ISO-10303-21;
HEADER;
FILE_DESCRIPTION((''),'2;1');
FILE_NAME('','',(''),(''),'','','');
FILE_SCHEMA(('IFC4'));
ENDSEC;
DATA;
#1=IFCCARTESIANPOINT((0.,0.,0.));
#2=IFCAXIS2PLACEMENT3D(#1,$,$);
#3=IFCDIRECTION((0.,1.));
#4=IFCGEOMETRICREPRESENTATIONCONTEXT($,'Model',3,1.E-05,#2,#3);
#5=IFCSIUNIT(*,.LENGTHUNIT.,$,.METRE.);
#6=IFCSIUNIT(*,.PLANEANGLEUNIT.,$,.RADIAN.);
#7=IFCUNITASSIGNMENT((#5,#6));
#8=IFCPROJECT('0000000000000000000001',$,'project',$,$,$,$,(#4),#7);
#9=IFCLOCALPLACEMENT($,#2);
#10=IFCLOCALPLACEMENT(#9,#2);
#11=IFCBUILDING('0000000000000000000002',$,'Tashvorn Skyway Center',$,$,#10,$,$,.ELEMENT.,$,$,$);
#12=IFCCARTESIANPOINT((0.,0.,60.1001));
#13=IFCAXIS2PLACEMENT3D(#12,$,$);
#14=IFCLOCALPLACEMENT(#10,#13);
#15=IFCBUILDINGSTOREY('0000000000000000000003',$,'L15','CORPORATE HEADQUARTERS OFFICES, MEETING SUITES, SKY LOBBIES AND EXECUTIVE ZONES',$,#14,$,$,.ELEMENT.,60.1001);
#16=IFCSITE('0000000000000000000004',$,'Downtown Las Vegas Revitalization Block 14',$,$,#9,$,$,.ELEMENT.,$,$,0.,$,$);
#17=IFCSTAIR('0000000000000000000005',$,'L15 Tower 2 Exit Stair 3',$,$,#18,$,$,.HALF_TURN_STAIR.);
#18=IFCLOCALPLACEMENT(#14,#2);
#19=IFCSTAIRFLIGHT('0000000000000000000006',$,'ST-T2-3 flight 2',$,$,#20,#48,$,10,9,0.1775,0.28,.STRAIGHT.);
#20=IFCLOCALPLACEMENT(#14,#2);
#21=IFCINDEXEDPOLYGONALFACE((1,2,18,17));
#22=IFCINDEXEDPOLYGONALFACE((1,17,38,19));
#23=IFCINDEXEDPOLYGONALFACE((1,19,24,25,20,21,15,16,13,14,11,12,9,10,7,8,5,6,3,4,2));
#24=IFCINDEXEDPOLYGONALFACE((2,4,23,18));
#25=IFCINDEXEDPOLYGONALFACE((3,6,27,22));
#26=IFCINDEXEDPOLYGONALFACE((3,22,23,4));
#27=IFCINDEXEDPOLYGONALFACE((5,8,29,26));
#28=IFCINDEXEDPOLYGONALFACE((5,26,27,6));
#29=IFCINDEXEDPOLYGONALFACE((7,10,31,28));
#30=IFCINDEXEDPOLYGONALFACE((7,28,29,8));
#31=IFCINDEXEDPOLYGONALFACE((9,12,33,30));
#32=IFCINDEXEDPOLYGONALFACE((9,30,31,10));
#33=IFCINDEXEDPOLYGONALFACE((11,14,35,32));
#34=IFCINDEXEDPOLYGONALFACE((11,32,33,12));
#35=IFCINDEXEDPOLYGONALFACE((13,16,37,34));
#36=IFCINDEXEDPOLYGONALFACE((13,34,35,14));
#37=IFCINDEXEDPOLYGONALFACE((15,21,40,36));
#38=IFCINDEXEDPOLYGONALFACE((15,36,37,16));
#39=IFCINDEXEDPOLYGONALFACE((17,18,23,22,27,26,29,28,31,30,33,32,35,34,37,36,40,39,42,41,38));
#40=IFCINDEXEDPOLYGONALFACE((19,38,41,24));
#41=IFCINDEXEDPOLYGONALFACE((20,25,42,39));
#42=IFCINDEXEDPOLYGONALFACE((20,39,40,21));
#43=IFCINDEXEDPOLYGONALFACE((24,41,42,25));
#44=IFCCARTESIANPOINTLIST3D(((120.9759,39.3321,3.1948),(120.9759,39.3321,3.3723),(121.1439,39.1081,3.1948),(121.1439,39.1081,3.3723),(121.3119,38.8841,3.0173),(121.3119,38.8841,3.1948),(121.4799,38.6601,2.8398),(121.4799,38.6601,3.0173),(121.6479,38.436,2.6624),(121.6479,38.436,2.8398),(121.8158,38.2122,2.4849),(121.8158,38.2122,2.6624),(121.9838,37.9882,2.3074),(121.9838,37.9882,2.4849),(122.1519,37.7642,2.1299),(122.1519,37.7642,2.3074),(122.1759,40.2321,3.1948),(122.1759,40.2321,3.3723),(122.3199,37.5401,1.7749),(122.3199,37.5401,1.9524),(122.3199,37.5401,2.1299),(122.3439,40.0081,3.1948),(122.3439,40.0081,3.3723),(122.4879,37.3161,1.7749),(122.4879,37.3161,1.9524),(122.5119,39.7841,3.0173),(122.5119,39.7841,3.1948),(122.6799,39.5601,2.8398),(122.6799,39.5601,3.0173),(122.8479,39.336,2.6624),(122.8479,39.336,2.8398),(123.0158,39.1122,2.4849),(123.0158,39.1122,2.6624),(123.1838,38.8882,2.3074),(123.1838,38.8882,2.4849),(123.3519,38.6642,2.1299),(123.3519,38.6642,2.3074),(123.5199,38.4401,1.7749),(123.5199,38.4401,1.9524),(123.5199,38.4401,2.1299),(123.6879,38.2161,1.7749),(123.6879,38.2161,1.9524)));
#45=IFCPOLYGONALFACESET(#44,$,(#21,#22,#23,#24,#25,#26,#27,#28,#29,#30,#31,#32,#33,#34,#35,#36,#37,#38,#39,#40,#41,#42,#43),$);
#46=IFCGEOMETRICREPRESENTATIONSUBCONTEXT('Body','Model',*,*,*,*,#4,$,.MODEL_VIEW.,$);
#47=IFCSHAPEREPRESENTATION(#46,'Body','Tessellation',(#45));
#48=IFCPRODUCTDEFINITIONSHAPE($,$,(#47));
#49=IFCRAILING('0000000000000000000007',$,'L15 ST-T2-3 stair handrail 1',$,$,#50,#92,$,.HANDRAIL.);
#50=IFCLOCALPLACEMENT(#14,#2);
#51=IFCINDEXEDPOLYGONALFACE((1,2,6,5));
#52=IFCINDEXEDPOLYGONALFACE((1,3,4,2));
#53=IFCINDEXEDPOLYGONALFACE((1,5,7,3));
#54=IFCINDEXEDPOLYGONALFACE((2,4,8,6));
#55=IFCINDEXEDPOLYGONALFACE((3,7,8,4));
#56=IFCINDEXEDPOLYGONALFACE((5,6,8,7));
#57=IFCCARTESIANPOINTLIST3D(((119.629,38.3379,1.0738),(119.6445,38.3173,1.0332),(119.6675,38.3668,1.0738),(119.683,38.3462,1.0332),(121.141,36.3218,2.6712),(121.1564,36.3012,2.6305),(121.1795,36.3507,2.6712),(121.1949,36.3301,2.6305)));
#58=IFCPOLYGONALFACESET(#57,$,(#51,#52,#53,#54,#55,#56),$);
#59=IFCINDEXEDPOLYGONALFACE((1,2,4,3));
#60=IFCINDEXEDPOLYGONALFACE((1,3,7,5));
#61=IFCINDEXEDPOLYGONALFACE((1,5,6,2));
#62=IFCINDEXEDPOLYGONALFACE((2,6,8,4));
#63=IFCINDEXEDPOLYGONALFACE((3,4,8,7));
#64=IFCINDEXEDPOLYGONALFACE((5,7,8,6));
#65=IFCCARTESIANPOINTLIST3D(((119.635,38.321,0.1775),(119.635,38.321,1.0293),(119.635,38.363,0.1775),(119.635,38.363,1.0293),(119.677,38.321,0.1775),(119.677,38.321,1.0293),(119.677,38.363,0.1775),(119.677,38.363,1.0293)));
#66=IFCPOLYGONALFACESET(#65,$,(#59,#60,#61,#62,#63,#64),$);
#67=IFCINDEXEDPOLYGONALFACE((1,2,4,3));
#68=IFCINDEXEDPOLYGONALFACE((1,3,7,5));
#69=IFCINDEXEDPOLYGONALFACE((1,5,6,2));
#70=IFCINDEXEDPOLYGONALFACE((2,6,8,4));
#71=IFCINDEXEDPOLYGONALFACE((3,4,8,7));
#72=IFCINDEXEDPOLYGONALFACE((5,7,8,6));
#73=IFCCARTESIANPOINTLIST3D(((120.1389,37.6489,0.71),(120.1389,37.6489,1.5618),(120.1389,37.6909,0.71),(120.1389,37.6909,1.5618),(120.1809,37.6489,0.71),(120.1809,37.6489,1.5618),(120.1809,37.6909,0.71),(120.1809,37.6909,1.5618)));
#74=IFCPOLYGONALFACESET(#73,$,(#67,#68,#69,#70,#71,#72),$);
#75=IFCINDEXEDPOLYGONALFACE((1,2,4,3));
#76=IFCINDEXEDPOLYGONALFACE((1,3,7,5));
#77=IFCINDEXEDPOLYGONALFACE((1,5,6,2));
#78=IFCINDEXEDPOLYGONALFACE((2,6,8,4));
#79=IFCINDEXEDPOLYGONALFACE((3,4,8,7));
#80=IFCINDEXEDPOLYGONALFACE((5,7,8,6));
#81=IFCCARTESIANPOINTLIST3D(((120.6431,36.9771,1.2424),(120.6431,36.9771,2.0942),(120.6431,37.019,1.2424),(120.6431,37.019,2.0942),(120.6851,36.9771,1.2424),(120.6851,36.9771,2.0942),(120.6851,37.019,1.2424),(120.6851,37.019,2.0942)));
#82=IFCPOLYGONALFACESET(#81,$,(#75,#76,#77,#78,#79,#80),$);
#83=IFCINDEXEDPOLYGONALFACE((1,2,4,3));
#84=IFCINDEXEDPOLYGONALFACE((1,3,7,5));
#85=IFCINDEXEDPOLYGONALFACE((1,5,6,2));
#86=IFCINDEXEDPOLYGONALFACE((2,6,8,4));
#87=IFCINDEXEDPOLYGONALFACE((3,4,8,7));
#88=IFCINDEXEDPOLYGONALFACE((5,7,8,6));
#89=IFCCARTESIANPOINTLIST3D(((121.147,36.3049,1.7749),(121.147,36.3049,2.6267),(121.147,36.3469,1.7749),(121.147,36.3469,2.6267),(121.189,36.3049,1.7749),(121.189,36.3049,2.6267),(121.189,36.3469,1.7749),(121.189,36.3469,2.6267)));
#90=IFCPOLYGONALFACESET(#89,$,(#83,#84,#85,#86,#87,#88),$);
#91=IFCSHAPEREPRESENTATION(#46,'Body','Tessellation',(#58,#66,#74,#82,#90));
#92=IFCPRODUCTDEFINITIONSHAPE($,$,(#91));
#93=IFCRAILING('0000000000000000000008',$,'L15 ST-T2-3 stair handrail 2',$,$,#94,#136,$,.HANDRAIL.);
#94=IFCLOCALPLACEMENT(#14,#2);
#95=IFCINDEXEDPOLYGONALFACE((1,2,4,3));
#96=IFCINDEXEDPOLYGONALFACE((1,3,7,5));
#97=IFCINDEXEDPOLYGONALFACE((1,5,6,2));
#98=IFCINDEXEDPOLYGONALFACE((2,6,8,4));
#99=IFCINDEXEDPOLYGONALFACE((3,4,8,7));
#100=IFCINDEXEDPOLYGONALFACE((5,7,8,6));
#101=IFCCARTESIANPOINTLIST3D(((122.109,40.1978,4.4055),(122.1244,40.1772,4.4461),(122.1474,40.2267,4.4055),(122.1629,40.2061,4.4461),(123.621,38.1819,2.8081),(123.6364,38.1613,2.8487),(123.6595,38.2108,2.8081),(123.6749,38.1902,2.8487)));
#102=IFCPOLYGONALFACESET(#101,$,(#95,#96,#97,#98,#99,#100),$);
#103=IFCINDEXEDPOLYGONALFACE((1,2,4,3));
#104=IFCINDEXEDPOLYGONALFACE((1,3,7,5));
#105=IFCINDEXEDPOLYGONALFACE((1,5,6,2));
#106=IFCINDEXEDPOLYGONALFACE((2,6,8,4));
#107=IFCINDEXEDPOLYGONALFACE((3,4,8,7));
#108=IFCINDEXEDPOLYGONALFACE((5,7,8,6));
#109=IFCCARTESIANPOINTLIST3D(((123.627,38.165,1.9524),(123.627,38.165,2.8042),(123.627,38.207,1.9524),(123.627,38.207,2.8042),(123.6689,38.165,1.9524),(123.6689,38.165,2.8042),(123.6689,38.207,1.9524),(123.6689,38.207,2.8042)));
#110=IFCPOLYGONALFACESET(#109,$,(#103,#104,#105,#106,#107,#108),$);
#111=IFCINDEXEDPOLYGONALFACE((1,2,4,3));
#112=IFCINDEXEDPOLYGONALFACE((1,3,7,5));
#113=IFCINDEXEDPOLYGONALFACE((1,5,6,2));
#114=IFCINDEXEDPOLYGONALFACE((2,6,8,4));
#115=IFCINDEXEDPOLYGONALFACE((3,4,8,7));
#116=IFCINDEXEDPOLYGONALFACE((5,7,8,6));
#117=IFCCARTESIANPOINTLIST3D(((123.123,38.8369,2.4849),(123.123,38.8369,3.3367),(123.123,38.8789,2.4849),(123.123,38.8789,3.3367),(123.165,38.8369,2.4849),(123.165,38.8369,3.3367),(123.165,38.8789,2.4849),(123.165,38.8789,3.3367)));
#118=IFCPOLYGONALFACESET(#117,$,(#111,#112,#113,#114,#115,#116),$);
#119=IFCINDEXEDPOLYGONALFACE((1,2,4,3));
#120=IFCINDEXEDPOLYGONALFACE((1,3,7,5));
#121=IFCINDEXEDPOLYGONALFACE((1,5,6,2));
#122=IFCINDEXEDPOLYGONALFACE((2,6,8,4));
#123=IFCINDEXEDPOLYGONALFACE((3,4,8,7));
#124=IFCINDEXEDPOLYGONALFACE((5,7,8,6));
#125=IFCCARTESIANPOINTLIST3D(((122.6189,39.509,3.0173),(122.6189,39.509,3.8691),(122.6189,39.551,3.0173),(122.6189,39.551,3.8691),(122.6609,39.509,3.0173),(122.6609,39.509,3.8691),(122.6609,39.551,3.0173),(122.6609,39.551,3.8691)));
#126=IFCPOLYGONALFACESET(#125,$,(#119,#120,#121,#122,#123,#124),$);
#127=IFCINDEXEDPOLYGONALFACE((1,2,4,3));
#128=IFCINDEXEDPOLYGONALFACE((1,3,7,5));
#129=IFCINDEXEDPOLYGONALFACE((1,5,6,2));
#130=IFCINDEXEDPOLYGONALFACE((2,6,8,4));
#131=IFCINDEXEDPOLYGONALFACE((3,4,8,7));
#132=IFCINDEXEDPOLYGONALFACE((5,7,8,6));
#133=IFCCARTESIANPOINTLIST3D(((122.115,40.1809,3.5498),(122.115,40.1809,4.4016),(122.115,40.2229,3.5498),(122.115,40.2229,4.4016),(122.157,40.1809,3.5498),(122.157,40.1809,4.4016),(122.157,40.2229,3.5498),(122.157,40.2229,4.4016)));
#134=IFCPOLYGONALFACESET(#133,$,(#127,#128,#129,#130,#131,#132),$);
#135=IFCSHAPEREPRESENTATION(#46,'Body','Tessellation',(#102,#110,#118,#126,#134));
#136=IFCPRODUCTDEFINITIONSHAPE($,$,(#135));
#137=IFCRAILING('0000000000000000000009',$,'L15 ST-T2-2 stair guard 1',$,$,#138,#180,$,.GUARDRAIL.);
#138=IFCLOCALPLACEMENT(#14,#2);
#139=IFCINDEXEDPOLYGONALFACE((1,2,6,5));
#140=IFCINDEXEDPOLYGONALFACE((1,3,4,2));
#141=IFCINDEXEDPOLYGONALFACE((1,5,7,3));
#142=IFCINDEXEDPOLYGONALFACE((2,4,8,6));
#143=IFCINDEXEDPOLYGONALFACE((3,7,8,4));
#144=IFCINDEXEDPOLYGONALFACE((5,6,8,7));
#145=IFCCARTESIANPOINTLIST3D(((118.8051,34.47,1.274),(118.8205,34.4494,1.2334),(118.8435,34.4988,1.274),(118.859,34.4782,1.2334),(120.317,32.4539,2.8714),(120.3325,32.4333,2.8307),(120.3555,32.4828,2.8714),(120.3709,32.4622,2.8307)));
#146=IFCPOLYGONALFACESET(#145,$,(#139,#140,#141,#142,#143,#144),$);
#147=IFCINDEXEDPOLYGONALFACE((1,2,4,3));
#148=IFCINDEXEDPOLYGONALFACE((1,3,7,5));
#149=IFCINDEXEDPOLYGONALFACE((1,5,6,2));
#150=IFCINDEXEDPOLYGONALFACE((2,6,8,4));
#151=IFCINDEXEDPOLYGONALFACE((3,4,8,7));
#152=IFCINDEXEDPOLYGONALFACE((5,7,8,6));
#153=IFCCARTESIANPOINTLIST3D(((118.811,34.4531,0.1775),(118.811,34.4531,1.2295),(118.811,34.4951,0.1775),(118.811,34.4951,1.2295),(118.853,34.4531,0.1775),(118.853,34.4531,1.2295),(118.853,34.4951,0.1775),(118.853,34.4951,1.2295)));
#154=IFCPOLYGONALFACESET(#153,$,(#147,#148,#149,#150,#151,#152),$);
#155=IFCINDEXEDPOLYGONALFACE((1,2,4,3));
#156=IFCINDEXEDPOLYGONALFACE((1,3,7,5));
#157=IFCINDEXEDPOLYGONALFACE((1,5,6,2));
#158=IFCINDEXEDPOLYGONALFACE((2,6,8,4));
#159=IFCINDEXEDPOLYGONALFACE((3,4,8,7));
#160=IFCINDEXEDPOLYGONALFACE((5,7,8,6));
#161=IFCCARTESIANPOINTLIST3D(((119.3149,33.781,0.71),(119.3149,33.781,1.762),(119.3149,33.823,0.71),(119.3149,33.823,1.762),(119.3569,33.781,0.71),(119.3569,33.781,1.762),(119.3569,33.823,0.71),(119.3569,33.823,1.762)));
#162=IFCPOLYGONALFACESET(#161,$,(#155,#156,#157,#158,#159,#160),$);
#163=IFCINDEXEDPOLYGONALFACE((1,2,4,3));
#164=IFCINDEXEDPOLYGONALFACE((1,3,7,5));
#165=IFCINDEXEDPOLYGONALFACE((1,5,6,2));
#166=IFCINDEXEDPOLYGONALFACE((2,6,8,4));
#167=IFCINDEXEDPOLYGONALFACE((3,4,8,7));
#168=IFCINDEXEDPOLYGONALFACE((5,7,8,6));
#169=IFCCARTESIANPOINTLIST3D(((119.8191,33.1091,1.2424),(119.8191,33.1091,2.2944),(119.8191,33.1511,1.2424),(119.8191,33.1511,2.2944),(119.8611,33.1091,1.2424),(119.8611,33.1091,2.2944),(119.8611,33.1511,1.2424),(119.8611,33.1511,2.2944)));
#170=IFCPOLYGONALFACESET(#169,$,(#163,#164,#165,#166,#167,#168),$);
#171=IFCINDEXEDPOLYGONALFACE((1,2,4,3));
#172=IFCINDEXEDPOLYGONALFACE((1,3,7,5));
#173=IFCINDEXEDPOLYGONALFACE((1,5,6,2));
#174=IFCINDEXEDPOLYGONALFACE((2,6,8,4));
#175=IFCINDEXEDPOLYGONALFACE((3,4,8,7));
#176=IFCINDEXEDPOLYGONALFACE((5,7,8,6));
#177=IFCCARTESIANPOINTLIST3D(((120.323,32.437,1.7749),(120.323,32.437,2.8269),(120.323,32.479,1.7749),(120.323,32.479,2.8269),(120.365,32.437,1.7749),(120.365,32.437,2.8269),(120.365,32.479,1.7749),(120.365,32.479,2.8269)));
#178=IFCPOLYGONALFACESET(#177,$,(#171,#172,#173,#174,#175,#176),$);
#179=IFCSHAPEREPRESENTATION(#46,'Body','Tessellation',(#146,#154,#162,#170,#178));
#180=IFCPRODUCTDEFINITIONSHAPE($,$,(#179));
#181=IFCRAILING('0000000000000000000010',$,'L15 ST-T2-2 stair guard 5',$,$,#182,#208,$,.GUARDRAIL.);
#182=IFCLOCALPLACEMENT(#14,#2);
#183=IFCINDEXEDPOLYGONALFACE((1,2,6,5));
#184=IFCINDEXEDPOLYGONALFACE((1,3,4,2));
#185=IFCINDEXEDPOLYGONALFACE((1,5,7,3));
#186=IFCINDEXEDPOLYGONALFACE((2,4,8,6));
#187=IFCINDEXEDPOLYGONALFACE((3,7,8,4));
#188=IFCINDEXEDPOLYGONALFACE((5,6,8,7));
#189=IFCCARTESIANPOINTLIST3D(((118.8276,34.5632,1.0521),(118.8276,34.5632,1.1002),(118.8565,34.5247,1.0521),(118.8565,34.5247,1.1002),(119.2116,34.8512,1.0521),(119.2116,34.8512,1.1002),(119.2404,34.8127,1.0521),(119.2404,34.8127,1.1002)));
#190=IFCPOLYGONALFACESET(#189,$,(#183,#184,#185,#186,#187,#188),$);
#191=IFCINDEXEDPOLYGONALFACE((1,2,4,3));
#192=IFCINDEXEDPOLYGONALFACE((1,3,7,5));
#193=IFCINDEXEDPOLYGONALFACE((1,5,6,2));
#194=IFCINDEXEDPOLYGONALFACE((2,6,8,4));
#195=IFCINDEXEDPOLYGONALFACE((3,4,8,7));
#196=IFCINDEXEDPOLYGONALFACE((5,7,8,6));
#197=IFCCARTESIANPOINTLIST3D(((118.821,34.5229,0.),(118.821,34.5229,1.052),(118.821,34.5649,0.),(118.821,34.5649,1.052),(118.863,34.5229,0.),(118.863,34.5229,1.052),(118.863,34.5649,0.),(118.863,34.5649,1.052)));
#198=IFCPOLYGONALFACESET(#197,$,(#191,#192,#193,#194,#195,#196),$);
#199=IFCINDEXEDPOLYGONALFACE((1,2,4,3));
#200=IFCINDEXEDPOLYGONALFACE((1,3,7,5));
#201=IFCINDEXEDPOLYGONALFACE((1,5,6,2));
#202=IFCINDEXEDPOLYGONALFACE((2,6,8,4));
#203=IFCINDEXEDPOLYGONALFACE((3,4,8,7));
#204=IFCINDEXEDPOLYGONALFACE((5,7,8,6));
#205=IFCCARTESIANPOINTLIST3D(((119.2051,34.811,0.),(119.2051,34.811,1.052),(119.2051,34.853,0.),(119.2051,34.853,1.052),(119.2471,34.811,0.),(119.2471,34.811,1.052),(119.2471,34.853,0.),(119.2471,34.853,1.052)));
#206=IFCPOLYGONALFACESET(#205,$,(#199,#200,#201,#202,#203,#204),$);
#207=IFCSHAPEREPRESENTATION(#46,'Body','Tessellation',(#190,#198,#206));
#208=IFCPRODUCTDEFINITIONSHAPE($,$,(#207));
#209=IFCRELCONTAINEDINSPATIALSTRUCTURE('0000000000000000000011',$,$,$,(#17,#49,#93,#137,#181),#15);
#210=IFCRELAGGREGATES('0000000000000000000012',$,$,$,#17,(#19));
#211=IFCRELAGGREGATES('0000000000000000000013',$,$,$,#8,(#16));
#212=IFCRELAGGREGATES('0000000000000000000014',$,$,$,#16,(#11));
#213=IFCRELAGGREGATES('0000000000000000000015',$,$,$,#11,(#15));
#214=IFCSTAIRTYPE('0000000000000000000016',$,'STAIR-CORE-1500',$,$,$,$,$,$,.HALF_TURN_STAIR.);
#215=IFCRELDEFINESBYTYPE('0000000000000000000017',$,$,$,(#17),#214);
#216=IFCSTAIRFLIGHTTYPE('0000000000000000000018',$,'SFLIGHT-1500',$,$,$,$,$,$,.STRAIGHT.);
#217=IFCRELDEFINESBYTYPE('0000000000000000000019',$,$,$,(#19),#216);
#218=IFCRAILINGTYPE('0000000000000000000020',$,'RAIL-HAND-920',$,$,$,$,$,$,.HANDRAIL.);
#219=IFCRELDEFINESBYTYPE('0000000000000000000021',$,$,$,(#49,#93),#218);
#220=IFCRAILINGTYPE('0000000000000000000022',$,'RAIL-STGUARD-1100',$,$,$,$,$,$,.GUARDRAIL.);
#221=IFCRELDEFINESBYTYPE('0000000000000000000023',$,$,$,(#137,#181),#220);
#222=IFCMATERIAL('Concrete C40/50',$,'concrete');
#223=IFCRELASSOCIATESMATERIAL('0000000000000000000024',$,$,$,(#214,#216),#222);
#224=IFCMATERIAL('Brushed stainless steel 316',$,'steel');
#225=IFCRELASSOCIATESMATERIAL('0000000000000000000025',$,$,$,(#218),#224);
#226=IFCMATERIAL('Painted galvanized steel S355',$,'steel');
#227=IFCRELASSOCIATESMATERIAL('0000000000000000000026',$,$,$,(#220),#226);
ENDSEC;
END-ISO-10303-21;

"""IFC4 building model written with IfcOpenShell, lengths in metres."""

from ifc_helpers import new_model, si_unit, direction, frame, origin, origin_2d, place, context, subcontext, project, spatial, polyline, rectangle, outline, extrude, material, type_object, element, aggregate, save


model = new_model("IFC4")

# Units and contexts
model_context = context("Model", 3, precision=1e-05, world=origin(), true_north=direction((0.0, 1.0)))
body_context = subcontext(model_context, "Body", "Model", "MODEL_VIEW")
ifc_project = project(units=[si_unit("LENGTHUNIT", "METRE"), si_unit("PLANEANGLEUNIT", "RADIAN")], contexts=[model_context])

# Site, building, storey
site_placement = place(None, origin())
site = spatial("IfcSite", under=ifc_project, at=site_placement, Name="Downtown Las Vegas Revitalization Block 14", CompositionType="ELEMENT", RefElevation=0.0)
building_placement = place(site_placement, origin())
building = spatial("IfcBuilding", under=site, at=building_placement, Name="Tashvorn Skyway Center", CompositionType="ELEMENT")
storey_placement = place(building_placement, frame((0.0, 0.0, 60.1001)))
storey = spatial("IfcBuildingStorey", under=building, at=storey_placement, Name="L15", Description="CORPORATE HEADQUARTERS OFFICES, MEETING SUITES, SKY LOBBIES AND EXECUTIVE ZONES", CompositionType="ELEMENT", Elevation=60.1001)

# Shared definitions
ifc_material_1 = material(Name="Concrete C40/50", Category="concrete")

# Stair, stair flight
stair_type = type_object("IfcStairType", Name="STAIR-CORE-1500", PredefinedType="HALF_TURN_STAIR", material=ifc_material_1)
stair_placement = place(storey_placement, origin())
stair = element("IfcStair", 1, at=stair_placement, inside=storey, type_object=stair_type, Name="L15 Tower 2 Exit Stair 3", PredefinedType="HALF_TURN_STAIR")
stair_flight_type = type_object("IfcStairFlightType", Name="SFLIGHT-1500", PredefinedType="STRAIGHT", material=ifc_material_1)
stair_flight_1_placement = place(storey_placement, frame((123.0879, 37.7661, 1.7749), z_axis=(0.0, 0.0, 1.0), x_axis=(-0.6, 0.8, 0.0)))
stair_flight_1 = element("IfcStairFlight", 2, at=stair_flight_1_placement, type_object=stair_flight_type, Name="ST-T2-3 flight 2", NumberOfRisers=10, NumberOfTreads=9, PredefinedType="STRAIGHT", RiserHeight=0.1775, TreadLength=0.28, context=body_context, shape_type="SweptSolid", body=[
    extrude(outline(polyline([(0.0, 0.0), (0.0, 0.1775), (0.28, 0.1775), (0.28, 0.355), (0.5601, 0.355), (0.5601, 0.5325), (0.8401, 0.5325), (0.8401, 0.71), (1.1201, 0.71), (1.1201, 0.8875), (1.3999, 0.8875), (1.3999, 1.0649), (1.6799, 1.0649), (1.6799, 1.2424), (1.96, 1.2424), (1.96, 1.4199), (2.24, 1.4199), (2.24, 1.5974), (2.52, 1.5974), (2.52, 1.7749), (2.52, 1.4199), (0.28, 0.0), (0.0, 0.0)])), frame((0.0, 0.75, 0.0), z_axis=(0.0, -1.0, 0.0), x_axis=(1.0, 0.0, 0.0)), (0.0, 0.0, 1.0), 1.5),
])
aggregate(stair, [stair_flight_1])

# Railings
ifc_material_2 = material(Name="Brushed stainless steel 316", Category="steel")
railing_type_1 = type_object("IfcRailingType", Name="RAIL-HAND-920", PredefinedType="HANDRAIL", material=ifc_material_2)
railing_1_placement = place(storey_placement, frame((119.656, 38.342, 0.1775)))
element("IfcRailing", 3, at=railing_1_placement, inside=storey, type_object=railing_type_1, Name="L15 ST-T2-3 stair handrail 1", PredefinedType="HANDRAIL", context=body_context, shape_type="SweptSolid", body=[
    extrude(rectangle(XDim=0.0481, YDim=0.0481, at=origin_2d()), frame((0.0, 0.0, 0.876), z_axis=(0.506741, -0.675709, 0.535379), x_axis=(0.800023, 0.599969, 0.0)), (0.0, 0.0, 1.0), 2.9836),
    extrude(rectangle(XDim=0.042, YDim=0.042, at=origin_2d()), origin(), (0.0, 0.0, 1.0), 0.8518),
    extrude(rectangle(XDim=0.042, YDim=0.042, at=origin_2d()), frame((0.5039, -0.6721, 0.5325)), (0.0, 0.0, 1.0), 0.8518),
    extrude(rectangle(XDim=0.042, YDim=0.042, at=origin_2d()), frame((1.0081, -1.344, 1.0649)), (0.0, 0.0, 1.0), 0.8518),
    extrude(rectangle(XDim=0.042, YDim=0.042, at=origin_2d()), frame((1.512, -2.0161, 1.5974)), (0.0, 0.0, 1.0), 0.8518),
])
railing_2_placement = place(storey_placement, frame((123.6479, 38.186, 1.9524)))
element("IfcRailing", 4, at=railing_2_placement, inside=storey, type_object=railing_type_1, Name="L15 ST-T2-3 stair handrail 2", PredefinedType="HANDRAIL", context=body_context, shape_type="SweptSolid", body=[
    extrude(rectangle(XDim=0.0481, YDim=0.0481, at=origin_2d()), frame((0.0, 0.0, 0.876), z_axis=(-0.506769, 0.675664, 0.535409), x_axis=(-0.799988, -0.600016, 0.0)), (0.0, 0.0, 1.0), 2.9836),
    extrude(rectangle(XDim=0.042, YDim=0.042, at=origin_2d()), origin(), (0.0, 0.0, 1.0), 0.8518),
    extrude(rectangle(XDim=0.042, YDim=0.042, at=origin_2d()), frame((-0.5039, 0.6719, 0.5325)), (0.0, 0.0, 1.0), 0.8518),
    extrude(rectangle(XDim=0.042, YDim=0.042, at=origin_2d()), frame((-1.0081, 1.344, 1.0649)), (0.0, 0.0, 1.0), 0.8518),
    extrude(rectangle(XDim=0.042, YDim=0.042, at=origin_2d()), frame((-1.512, 2.0159, 1.5974)), (0.0, 0.0, 1.0), 0.8518),
])
ifc_material_3 = material(Name="Painted galvanized steel S355", Category="steel")
railing_type_2 = type_object("IfcRailingType", Name="RAIL-STGUARD-1100", PredefinedType="GUARDRAIL", material=ifc_material_3)
railing_3_placement = place(storey_placement, frame((118.832, 34.4741, 0.1775)))
element("IfcRailing", 5, at=railing_3_placement, inside=storey, type_object=railing_type_2, Name="L15 ST-T2-2 stair guard 1", PredefinedType="GUARDRAIL", context=body_context, shape_type="SweptSolid", body=[
    extrude(rectangle(XDim=0.0481, YDim=0.0481, at=origin_2d()), frame((0.0, 0.0, 1.0762), z_axis=(0.506741, -0.675709, 0.535379), x_axis=(0.800023, 0.599969, 0.0)), (0.0, 0.0, 1.0), 2.9836),
    extrude(rectangle(XDim=0.042, YDim=0.042, at=origin_2d()), origin(), (0.0, 0.0, 1.0), 1.052),
    extrude(rectangle(XDim=0.042, YDim=0.042, at=origin_2d()), frame((0.5039, -0.6721, 0.5325)), (0.0, 0.0, 1.0), 1.052),
    extrude(rectangle(XDim=0.042, YDim=0.042, at=origin_2d()), frame((1.0081, -1.344, 1.0649)), (0.0, 0.0, 1.0), 1.052),
    extrude(rectangle(XDim=0.042, YDim=0.042, at=origin_2d()), frame((1.512, -2.0161, 1.5974)), (0.0, 0.0, 1.0), 1.052),
])
railing_4_placement = place(storey_placement, frame((118.842, 34.5439, 0.0)))
element("IfcRailing", 6, at=railing_4_placement, inside=storey, type_object=railing_type_2, Name="L15 ST-T2-2 stair guard 5", PredefinedType="GUARDRAIL", context=body_context, shape_type="SweptSolid", body=[
    extrude(rectangle(XDim=0.0481, YDim=0.0481, at=origin_2d()), frame((0.0, 0.0, 1.0762), z_axis=(0.799939, 0.600081, 0.0), x_axis=(-0.600081, 0.799939, 0.0)), (0.0, 0.0, 1.0), 0.48),
    extrude(rectangle(XDim=0.042, YDim=0.042, at=origin_2d()), origin(), (0.0, 0.0, 1.0), 1.052),
    extrude(rectangle(XDim=0.042, YDim=0.042, at=origin_2d()), frame((0.384, 0.2881, 0.0)), (0.0, 0.0, 1.0), 1.052),
])

save(model, "model.ifc")
